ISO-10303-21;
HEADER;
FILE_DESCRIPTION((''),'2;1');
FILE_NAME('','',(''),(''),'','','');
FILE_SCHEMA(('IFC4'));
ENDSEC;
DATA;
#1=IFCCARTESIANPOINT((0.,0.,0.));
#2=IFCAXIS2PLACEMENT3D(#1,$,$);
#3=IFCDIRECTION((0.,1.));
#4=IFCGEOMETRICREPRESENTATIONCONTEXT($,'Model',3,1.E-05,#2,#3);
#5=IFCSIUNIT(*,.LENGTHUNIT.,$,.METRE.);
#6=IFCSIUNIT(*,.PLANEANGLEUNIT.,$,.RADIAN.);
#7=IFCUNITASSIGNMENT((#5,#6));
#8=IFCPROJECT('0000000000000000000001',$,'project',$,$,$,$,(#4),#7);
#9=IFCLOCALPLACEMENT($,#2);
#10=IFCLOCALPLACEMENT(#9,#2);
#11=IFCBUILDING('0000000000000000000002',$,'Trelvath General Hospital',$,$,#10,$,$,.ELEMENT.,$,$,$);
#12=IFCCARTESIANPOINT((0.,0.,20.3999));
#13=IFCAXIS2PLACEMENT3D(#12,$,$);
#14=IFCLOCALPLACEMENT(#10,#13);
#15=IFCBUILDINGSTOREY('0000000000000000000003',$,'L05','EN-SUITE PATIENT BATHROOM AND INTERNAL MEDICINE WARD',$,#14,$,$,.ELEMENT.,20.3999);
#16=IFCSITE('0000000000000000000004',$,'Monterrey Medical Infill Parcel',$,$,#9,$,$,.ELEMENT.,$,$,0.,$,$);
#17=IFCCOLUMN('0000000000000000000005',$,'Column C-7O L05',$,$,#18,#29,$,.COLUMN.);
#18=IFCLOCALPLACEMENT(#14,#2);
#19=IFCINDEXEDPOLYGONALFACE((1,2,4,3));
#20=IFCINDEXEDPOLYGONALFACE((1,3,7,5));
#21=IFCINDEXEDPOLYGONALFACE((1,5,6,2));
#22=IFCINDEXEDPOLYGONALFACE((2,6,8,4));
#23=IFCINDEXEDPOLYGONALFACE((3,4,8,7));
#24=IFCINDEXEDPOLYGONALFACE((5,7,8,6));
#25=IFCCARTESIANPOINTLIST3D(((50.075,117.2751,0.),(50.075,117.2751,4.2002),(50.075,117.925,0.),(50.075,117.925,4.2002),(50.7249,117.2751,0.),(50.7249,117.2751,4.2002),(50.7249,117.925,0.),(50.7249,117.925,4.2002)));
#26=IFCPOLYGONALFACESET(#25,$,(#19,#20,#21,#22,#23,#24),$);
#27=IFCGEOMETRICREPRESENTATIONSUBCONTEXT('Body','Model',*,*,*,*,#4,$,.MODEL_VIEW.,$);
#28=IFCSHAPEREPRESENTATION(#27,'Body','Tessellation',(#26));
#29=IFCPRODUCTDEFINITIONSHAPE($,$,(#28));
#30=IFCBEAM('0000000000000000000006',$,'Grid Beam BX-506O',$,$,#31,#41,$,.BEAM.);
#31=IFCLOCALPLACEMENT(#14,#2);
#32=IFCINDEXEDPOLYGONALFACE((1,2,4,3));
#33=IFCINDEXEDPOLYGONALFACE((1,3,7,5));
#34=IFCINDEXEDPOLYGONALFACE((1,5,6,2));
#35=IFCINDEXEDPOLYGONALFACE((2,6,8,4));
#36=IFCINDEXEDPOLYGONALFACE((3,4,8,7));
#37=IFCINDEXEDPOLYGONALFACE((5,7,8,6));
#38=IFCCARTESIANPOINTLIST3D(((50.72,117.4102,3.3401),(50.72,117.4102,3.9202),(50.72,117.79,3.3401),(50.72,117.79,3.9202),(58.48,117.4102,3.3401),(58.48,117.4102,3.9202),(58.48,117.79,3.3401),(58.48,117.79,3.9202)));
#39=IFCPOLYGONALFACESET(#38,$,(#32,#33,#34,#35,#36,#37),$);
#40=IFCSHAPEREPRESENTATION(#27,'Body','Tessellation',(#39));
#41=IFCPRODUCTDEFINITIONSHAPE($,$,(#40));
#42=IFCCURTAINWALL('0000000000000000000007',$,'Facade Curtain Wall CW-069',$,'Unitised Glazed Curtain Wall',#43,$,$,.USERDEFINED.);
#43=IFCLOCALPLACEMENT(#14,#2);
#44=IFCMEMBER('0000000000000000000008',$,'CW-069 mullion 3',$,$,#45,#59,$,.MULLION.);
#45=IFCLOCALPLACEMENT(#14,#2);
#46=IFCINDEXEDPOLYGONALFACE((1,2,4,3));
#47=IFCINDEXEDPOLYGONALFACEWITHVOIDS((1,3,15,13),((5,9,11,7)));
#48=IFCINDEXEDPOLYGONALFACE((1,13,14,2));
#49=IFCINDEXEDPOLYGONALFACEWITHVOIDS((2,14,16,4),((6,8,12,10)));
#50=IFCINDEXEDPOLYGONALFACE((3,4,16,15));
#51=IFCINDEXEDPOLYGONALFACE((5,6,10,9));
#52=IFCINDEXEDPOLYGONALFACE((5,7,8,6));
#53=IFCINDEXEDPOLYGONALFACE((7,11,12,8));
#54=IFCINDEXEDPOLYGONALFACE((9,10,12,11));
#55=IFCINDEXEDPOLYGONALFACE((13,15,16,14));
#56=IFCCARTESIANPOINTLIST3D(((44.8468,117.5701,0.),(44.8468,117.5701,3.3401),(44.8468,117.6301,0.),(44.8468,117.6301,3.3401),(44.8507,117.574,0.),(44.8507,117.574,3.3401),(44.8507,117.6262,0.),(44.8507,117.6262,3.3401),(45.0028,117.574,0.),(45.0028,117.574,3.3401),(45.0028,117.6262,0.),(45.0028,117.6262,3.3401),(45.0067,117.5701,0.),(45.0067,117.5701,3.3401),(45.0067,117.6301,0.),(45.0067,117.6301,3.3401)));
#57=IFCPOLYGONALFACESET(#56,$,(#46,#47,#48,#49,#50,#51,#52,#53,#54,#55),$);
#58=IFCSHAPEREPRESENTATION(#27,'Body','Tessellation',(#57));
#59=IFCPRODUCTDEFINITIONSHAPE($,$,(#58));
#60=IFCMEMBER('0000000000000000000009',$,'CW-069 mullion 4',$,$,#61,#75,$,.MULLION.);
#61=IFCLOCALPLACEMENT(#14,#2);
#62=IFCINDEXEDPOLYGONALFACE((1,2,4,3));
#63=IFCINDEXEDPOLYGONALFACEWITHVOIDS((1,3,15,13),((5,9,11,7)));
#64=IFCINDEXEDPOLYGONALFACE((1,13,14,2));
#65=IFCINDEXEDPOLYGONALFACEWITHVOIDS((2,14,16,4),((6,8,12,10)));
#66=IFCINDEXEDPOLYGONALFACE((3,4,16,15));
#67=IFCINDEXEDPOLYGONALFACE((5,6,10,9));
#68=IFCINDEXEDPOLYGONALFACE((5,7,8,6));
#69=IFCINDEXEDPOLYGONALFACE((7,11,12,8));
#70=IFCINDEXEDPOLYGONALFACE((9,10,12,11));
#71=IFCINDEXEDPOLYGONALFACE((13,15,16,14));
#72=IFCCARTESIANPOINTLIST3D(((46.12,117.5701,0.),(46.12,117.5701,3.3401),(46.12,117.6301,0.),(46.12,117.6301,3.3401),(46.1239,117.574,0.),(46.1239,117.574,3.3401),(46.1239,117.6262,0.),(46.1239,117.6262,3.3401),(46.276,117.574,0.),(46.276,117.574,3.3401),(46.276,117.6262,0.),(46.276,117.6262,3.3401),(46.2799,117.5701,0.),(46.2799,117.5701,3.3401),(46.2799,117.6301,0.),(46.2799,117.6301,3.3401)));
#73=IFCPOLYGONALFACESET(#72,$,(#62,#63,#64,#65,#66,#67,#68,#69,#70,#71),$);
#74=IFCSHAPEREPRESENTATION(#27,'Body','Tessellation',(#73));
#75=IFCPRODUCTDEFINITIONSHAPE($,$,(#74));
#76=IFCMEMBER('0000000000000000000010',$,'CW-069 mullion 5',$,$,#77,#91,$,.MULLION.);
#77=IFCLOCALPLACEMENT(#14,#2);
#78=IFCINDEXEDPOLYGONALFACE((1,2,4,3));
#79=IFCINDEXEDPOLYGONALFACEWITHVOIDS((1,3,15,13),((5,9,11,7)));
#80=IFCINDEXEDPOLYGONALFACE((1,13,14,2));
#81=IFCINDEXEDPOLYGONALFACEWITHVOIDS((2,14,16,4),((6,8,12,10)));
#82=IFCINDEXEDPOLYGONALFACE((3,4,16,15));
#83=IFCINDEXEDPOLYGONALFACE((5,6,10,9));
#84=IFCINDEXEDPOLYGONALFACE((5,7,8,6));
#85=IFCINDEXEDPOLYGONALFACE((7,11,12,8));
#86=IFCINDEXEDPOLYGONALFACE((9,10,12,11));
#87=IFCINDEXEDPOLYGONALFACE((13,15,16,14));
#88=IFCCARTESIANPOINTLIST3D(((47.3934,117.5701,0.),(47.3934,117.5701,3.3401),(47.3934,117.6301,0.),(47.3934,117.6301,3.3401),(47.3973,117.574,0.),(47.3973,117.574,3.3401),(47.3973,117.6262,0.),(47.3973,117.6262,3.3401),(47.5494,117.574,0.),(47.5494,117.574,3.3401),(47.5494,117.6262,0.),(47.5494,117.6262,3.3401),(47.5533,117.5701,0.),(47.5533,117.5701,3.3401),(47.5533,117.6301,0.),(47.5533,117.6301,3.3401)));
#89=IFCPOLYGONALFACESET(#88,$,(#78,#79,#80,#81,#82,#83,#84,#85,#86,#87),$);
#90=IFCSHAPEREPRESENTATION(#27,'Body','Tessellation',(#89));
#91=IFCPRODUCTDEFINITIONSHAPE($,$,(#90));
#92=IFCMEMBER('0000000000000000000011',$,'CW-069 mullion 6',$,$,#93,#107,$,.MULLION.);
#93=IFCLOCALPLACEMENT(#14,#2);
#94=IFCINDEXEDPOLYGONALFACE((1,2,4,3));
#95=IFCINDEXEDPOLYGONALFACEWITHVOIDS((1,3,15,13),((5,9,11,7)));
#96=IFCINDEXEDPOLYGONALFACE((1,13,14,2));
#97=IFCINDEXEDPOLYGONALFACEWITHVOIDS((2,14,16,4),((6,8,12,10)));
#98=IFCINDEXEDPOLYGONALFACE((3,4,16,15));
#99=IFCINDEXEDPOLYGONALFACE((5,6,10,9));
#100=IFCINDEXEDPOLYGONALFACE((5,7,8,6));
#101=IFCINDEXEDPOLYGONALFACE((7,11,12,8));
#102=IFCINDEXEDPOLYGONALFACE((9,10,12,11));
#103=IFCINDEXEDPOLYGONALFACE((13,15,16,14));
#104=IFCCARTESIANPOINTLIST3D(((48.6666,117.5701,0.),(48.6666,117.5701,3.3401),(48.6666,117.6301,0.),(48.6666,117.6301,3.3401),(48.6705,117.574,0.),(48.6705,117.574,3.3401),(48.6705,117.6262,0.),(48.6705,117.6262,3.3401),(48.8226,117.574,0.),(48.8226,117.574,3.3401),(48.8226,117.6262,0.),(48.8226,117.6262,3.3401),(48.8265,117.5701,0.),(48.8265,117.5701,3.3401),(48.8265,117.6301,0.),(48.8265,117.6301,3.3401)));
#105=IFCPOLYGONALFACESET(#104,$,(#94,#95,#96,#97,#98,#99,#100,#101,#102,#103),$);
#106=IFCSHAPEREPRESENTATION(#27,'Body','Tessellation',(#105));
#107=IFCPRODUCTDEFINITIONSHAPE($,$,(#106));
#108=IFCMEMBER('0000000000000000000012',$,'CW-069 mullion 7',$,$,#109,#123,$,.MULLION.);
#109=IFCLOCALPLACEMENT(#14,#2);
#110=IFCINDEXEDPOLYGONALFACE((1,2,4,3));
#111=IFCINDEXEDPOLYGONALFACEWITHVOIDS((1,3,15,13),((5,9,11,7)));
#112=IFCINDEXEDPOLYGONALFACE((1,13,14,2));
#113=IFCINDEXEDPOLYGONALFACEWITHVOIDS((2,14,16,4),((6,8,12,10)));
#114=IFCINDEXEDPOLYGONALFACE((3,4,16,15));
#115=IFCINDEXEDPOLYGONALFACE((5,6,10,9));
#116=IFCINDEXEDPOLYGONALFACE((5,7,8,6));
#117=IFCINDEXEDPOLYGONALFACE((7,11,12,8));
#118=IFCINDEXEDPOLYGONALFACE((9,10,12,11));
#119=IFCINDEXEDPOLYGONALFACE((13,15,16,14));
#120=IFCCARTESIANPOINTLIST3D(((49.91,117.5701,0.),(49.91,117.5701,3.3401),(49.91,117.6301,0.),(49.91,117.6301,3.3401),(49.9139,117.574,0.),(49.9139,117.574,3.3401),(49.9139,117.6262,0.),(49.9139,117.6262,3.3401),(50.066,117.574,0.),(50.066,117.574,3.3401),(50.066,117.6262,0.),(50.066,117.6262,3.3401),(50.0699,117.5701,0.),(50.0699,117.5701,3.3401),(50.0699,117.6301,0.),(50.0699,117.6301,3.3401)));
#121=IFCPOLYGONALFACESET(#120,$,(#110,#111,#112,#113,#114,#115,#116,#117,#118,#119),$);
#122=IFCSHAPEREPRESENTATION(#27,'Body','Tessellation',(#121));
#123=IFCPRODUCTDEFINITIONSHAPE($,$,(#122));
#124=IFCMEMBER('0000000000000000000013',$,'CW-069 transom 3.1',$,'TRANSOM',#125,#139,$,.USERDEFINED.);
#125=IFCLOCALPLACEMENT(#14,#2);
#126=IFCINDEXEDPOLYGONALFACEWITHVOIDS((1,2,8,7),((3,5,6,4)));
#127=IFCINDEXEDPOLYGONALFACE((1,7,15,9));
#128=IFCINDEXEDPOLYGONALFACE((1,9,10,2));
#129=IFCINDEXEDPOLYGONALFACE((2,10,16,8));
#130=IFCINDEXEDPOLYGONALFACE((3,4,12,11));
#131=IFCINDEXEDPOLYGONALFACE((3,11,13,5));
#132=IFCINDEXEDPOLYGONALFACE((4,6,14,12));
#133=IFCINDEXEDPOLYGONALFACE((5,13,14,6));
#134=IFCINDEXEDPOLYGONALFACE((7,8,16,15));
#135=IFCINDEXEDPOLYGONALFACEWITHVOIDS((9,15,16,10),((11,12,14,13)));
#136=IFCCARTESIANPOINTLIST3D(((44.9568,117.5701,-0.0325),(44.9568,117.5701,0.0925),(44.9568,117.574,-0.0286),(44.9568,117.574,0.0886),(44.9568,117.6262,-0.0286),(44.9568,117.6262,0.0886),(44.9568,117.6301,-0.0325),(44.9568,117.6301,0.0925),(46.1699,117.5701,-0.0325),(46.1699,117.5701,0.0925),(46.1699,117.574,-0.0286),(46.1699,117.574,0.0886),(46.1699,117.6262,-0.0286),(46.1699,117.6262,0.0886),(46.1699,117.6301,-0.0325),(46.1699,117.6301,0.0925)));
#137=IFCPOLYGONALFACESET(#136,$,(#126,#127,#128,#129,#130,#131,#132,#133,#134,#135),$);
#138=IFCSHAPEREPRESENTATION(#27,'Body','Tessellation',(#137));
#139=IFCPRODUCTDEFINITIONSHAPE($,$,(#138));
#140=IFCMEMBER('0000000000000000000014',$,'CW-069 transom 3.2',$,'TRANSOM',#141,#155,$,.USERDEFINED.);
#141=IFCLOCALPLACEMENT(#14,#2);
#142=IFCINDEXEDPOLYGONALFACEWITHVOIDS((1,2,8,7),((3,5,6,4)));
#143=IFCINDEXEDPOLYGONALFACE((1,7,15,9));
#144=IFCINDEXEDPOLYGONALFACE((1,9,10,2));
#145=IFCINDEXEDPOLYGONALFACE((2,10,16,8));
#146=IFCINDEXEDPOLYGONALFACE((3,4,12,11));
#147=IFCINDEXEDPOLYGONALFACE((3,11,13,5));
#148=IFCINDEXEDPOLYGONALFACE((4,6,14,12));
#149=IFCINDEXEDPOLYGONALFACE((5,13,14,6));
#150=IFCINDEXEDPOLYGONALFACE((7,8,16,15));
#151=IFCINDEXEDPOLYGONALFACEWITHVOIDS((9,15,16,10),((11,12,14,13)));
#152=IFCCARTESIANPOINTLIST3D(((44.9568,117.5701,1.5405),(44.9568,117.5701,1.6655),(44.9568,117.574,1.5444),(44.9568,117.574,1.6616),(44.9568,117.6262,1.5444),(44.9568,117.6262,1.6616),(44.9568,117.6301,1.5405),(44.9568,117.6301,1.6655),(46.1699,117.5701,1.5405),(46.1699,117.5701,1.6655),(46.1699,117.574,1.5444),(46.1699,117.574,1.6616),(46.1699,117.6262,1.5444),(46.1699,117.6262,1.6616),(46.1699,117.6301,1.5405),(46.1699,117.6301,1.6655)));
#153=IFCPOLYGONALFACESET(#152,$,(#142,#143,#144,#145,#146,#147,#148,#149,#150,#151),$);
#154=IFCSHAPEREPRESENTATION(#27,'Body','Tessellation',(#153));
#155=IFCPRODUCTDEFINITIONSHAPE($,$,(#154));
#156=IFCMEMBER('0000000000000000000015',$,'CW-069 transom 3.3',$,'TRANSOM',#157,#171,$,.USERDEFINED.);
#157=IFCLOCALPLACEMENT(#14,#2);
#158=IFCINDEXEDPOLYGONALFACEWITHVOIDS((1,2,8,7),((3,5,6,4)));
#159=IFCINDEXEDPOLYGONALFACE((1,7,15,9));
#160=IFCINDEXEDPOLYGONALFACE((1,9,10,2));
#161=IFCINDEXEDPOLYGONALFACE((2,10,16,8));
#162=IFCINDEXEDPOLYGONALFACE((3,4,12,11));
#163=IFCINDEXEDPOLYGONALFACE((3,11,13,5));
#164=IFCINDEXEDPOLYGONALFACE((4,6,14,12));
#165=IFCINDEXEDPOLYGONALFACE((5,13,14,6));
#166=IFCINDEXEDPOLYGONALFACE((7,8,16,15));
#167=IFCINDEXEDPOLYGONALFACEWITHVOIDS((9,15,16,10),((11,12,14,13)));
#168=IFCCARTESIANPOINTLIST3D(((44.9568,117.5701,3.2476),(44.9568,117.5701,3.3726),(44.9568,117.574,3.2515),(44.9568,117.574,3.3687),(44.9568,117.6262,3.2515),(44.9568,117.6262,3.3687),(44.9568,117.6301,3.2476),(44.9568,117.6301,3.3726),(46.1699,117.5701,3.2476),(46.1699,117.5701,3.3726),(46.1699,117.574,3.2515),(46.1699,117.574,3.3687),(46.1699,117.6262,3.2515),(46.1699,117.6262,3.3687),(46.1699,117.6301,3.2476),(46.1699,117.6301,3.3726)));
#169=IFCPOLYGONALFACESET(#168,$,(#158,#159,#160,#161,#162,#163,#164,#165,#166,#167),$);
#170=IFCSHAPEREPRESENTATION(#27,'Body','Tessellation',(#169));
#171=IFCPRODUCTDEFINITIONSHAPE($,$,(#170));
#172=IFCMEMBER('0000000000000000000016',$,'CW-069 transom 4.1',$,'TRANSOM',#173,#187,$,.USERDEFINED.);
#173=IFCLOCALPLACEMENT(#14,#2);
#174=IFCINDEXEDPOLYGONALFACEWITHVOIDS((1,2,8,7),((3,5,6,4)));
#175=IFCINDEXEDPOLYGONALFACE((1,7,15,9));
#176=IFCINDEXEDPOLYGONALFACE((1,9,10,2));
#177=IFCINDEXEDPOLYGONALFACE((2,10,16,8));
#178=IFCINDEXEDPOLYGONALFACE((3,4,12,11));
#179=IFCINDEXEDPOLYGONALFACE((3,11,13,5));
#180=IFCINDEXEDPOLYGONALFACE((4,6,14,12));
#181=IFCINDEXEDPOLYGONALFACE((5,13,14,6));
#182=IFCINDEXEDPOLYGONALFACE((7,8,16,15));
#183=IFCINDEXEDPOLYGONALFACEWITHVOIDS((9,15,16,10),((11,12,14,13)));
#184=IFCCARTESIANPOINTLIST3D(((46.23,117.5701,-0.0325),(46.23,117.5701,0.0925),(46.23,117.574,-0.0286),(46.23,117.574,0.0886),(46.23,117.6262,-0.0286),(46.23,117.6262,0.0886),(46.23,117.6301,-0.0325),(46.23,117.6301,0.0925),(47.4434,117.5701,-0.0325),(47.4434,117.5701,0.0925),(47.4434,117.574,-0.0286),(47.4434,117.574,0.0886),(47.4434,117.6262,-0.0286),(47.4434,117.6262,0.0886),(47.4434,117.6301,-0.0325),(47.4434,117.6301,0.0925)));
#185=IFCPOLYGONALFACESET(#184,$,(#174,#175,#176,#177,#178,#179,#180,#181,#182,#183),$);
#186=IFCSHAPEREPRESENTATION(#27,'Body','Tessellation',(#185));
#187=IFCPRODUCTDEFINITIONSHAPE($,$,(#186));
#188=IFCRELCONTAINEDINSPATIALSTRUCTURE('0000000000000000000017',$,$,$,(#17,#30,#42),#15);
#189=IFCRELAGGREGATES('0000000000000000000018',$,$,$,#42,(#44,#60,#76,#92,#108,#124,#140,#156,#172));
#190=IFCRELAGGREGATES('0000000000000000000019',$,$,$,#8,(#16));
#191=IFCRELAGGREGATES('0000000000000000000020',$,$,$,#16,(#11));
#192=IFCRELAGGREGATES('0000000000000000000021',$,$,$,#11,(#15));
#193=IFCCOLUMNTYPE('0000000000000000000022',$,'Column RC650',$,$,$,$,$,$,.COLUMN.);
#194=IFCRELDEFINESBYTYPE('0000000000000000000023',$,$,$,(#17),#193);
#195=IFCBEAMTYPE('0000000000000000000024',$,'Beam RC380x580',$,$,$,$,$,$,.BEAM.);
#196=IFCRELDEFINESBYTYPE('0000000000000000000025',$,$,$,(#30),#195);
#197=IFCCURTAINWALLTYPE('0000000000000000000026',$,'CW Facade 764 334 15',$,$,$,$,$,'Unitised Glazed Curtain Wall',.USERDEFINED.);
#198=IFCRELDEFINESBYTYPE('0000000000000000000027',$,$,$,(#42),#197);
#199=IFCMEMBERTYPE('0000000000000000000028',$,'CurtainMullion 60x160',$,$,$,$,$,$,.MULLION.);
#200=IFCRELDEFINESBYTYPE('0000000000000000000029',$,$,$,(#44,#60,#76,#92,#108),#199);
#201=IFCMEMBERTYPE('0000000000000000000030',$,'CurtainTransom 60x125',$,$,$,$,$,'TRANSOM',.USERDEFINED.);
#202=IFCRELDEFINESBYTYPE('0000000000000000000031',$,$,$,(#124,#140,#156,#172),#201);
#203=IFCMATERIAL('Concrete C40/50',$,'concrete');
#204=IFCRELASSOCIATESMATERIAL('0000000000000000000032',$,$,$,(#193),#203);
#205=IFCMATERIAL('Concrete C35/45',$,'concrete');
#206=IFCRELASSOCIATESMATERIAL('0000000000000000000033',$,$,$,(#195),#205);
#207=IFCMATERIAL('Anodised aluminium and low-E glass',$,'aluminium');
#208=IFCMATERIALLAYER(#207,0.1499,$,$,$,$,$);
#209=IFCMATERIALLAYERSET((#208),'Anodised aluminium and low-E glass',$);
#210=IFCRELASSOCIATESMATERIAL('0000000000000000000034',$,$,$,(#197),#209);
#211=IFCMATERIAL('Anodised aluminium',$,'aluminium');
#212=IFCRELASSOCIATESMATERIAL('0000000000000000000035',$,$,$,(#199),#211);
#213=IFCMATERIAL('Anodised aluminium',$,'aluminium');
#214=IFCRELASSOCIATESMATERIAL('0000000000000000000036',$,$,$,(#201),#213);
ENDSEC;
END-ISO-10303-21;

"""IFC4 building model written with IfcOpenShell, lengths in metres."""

from ifc_helpers import new_model, si_unit, direction, frame, origin, origin_2d, place, context, subcontext, project, spatial, rectangle, hollow_rectangle, extrude, material, layer, layer_set, material_profile, profile_set, type_object, element, aggregate, save


model = new_model("IFC4")

# Units and contexts
model_context = context("Model", 3, precision=1e-05, world=origin(), true_north=direction((0.0, 1.0)))
body_context = subcontext(model_context, "Body", "Model", "MODEL_VIEW")
ifc_project = project(units=[si_unit("LENGTHUNIT", "METRE"), si_unit("PLANEANGLEUNIT", "RADIAN")], contexts=[model_context])

# Site, building, storey
site_placement = place(None, origin())
site = spatial("IfcSite", under=ifc_project, at=site_placement, Name="Monterrey Medical Infill Parcel", CompositionType="ELEMENT", RefElevation=0.0)
building_placement = place(site_placement, origin())
building = spatial("IfcBuilding", under=site, at=building_placement, Name="Trelvath General Hospital", CompositionType="ELEMENT")
storey_placement = place(building_placement, frame((0.0, 0.0, 20.3999)))
storey = spatial("IfcBuildingStorey", under=building, at=storey_placement, Name="L05", Description="EN-SUITE PATIENT BATHROOM AND INTERNAL MEDICINE WARD", CompositionType="ELEMENT", Elevation=20.3999)

# Column
ifc_material_1 = material(Name="Concrete C40/50", Category="concrete")
ifc_material_profile_1 = material_profile(ifc_material_1, rectangle(XDim=0.6499, YDim=0.6499, at=origin_2d()), Name="RC650x650")
ifc_profile_set_1 = profile_set([ifc_material_profile_1], Name="Concrete C40/50")
column_type = type_object("IfcColumnType", Name="Column RC650", PredefinedType="COLUMN", material=ifc_profile_set_1)
column_placement = place(storey_placement, frame((50.3999, 117.6001, 0.0), z_axis=(0.0, 0.0, 1.0), x_axis=(1.0, 0.0, 0.0)))
element("IfcColumn", 1, at=column_placement, inside=storey, type_object=column_type, Name="Column C-7O L05", PredefinedType="COLUMN", context=body_context, shape_type="SweptSolid", body=[
    extrude(rectangle(XDim=0.6499, YDim=0.6499, at=origin_2d()), origin(), (0.0, 0.0, 1.0), 4.2002),
])

# Beam
ifc_material_2 = material(Name="Concrete C35/45", Category="concrete")
ifc_material_profile_2 = material_profile(ifc_material_2, rectangle(XDim=0.3799, YDim=0.5801, at=origin_2d()), Name="RCB380x580")
ifc_profile_set_2 = profile_set([ifc_material_profile_2], Name="Concrete C35/45")
beam_type = type_object("IfcBeamType", Name="Beam RC380x580", PredefinedType="BEAM", material=ifc_profile_set_2)
beam_placement = place(storey_placement, frame((50.72, 117.6001, 3.6301), z_axis=(1.0, 0.0, 0.0), x_axis=(0.0, 1.0, 0.0)))
element("IfcBeam", 2, at=beam_placement, inside=storey, type_object=beam_type, Name="Grid Beam BX-506O", PredefinedType="BEAM", context=body_context, shape_type="SweptSolid", body=[
    extrude(rectangle(XDim=0.3799, YDim=0.5801, at=origin_2d()), origin(), (0.0, 0.0, 1.0), 7.76),
])

# Curtain wall, members
ifc_material_3 = material(Name="Anodised aluminium and low-E glass", Category="aluminium")
ifc_layer_1 = layer(ifc_material_3, 0.1499)
ifc_layer_set_1 = layer_set([ifc_layer_1], Name="Anodised aluminium and low-E glass")
curtain_wall_type = type_object("IfcCurtainWallType", Name="CW Facade 764 334 15", ElementType="Unitised Glazed Curtain Wall", PredefinedType="USERDEFINED", material=ifc_layer_set_1)
curtain_wall_placement = place(storey_placement, origin())
curtain_wall = element("IfcCurtainWall", 3, at=curtain_wall_placement, inside=storey, type_object=curtain_wall_type, Name="Facade Curtain Wall CW-069", ObjectType="Unitised Glazed Curtain Wall", PredefinedType="USERDEFINED")
ifc_material_4 = material(Name="Anodised aluminium", Category="aluminium")
ifc_material_profile_3 = material_profile(ifc_material_4, hollow_rectangle(XDim=0.0601, YDim=0.1599, WallThickness=0.0039, at=origin_2d()), Name="RHS60x160x4")
ifc_profile_set_3 = profile_set([ifc_material_profile_3], Name="Anodised aluminium")
member_type_1 = type_object("IfcMemberType", Name="CurtainMullion 60x160", PredefinedType="MULLION", material=ifc_profile_set_3)
member_1_placement = place(storey_placement, frame((44.9268, 117.6001, 0.0), z_axis=(0.0, 0.0, 1.0), x_axis=(0.0, 1.0, 0.0)))
member_1 = element("IfcMember", 4, at=member_1_placement, type_object=member_type_1, Name="CW-069 mullion 3", PredefinedType="MULLION", context=body_context, shape_type="SweptSolid", body=[
    extrude(hollow_rectangle(XDim=0.0601, YDim=0.1599, WallThickness=0.0039, at=origin_2d()), origin(), (0.0, 0.0, 1.0), 3.3401),
])
member_2_placement = place(storey_placement, frame((46.2, 117.6001, 0.0), z_axis=(0.0, 0.0, 1.0), x_axis=(0.0, 1.0, 0.0)))
member_2 = element("IfcMember", 5, at=member_2_placement, type_object=member_type_1, Name="CW-069 mullion 4", PredefinedType="MULLION", context=body_context, shape_type="SweptSolid", body=[
    extrude(hollow_rectangle(XDim=0.0601, YDim=0.1599, WallThickness=0.0039, at=origin_2d()), origin(), (0.0, 0.0, 1.0), 3.3401),
])
member_3_placement = place(storey_placement, frame((47.4734, 117.6001, 0.0), z_axis=(0.0, 0.0, 1.0), x_axis=(0.0, 1.0, 0.0)))
member_3 = element("IfcMember", 6, at=member_3_placement, type_object=member_type_1, Name="CW-069 mullion 5", PredefinedType="MULLION", context=body_context, shape_type="SweptSolid", body=[
    extrude(hollow_rectangle(XDim=0.0601, YDim=0.1599, WallThickness=0.0039, at=origin_2d()), origin(), (0.0, 0.0, 1.0), 3.3401),
])
member_4_placement = place(storey_placement, frame((48.7466, 117.6001, 0.0), z_axis=(0.0, 0.0, 1.0), x_axis=(0.0, 1.0, 0.0)))
member_4 = element("IfcMember", 7, at=member_4_placement, type_object=member_type_1, Name="CW-069 mullion 6", PredefinedType="MULLION", context=body_context, shape_type="SweptSolid", body=[
    extrude(hollow_rectangle(XDim=0.0601, YDim=0.1599, WallThickness=0.0039, at=origin_2d()), origin(), (0.0, 0.0, 1.0), 3.3401),
])
member_5_placement = place(storey_placement, frame((49.99, 117.6001, 0.0), z_axis=(0.0, 0.0, 1.0), x_axis=(0.0, 1.0, 0.0)))
member_5 = element("IfcMember", 8, at=member_5_placement, type_object=member_type_1, Name="CW-069 mullion 7", PredefinedType="MULLION", context=body_context, shape_type="SweptSolid", body=[
    extrude(hollow_rectangle(XDim=0.0601, YDim=0.1599, WallThickness=0.0039, at=origin_2d()), origin(), (0.0, 0.0, 1.0), 3.3401),
])
ifc_material_5 = material(Name="Anodised aluminium", Category="aluminium")
ifc_material_profile_4 = material_profile(ifc_material_5, hollow_rectangle(XDim=0.0601, YDim=0.125, WallThickness=0.0039, at=origin_2d()), Name="RHS60x125x4")
ifc_profile_set_4 = profile_set([ifc_material_profile_4], Name="Anodised aluminium")
member_type_2 = type_object("IfcMemberType", Name="CurtainTransom 60x125", ElementType="TRANSOM", PredefinedType="USERDEFINED", material=ifc_profile_set_4)
member_6_placement = place(storey_placement, frame((44.9568, 117.6001, 0.03), z_axis=(1.0, 0.0, 0.0), x_axis=(0.0, 1.0, 0.0)))
member_6 = element("IfcMember", 9, at=member_6_placement, type_object=member_type_2, Name="CW-069 transom 3.1", ObjectType="TRANSOM", PredefinedType="USERDEFINED", context=body_context, shape_type="SweptSolid", body=[
    extrude(hollow_rectangle(XDim=0.0601, YDim=0.125, WallThickness=0.0039, at=origin_2d()), origin(), (0.0, 0.0, 1.0), 1.2131),
])
member_7_placement = place(storey_placement, frame((44.9568, 117.6001, 1.603), z_axis=(1.0, 0.0, 0.0), x_axis=(0.0, 1.0, 0.0)))
member_7 = element("IfcMember", 10, at=member_7_placement, type_object=member_type_2, Name="CW-069 transom 3.2", ObjectType="TRANSOM", PredefinedType="USERDEFINED", context=body_context, shape_type="SweptSolid", body=[
    extrude(hollow_rectangle(XDim=0.0601, YDim=0.125, WallThickness=0.0039, at=origin_2d()), origin(), (0.0, 0.0, 1.0), 1.2131),
])
member_8_placement = place(storey_placement, frame((44.9568, 117.6001, 3.3101), z_axis=(1.0, 0.0, 0.0), x_axis=(0.0, 1.0, 0.0)))
member_8 = element("IfcMember", 11, at=member_8_placement, type_object=member_type_2, Name="CW-069 transom 3.3", ObjectType="TRANSOM", PredefinedType="USERDEFINED", context=body_context, shape_type="SweptSolid", body=[
    extrude(hollow_rectangle(XDim=0.0601, YDim=0.125, WallThickness=0.0039, at=origin_2d()), origin(), (0.0, 0.0, 1.0), 1.2131),
])
member_9_placement = place(storey_placement, frame((46.23, 117.6001, 0.03), z_axis=(1.0, 0.0, 0.0), x_axis=(0.0, 1.0, 0.0)))
member_9 = element("IfcMember", 12, at=member_9_placement, type_object=member_type_2, Name="CW-069 transom 4.1", ObjectType="TRANSOM", PredefinedType="USERDEFINED", context=body_context, shape_type="SweptSolid", body=[
    extrude(hollow_rectangle(XDim=0.0601, YDim=0.125, WallThickness=0.0039, at=origin_2d()), origin(), (0.0, 0.0, 1.0), 1.2134),
])
aggregate(curtain_wall, [member_1, member_2, member_3, member_4, member_5, member_6, member_7, member_8, member_9])

save(model, "model.ifc")
